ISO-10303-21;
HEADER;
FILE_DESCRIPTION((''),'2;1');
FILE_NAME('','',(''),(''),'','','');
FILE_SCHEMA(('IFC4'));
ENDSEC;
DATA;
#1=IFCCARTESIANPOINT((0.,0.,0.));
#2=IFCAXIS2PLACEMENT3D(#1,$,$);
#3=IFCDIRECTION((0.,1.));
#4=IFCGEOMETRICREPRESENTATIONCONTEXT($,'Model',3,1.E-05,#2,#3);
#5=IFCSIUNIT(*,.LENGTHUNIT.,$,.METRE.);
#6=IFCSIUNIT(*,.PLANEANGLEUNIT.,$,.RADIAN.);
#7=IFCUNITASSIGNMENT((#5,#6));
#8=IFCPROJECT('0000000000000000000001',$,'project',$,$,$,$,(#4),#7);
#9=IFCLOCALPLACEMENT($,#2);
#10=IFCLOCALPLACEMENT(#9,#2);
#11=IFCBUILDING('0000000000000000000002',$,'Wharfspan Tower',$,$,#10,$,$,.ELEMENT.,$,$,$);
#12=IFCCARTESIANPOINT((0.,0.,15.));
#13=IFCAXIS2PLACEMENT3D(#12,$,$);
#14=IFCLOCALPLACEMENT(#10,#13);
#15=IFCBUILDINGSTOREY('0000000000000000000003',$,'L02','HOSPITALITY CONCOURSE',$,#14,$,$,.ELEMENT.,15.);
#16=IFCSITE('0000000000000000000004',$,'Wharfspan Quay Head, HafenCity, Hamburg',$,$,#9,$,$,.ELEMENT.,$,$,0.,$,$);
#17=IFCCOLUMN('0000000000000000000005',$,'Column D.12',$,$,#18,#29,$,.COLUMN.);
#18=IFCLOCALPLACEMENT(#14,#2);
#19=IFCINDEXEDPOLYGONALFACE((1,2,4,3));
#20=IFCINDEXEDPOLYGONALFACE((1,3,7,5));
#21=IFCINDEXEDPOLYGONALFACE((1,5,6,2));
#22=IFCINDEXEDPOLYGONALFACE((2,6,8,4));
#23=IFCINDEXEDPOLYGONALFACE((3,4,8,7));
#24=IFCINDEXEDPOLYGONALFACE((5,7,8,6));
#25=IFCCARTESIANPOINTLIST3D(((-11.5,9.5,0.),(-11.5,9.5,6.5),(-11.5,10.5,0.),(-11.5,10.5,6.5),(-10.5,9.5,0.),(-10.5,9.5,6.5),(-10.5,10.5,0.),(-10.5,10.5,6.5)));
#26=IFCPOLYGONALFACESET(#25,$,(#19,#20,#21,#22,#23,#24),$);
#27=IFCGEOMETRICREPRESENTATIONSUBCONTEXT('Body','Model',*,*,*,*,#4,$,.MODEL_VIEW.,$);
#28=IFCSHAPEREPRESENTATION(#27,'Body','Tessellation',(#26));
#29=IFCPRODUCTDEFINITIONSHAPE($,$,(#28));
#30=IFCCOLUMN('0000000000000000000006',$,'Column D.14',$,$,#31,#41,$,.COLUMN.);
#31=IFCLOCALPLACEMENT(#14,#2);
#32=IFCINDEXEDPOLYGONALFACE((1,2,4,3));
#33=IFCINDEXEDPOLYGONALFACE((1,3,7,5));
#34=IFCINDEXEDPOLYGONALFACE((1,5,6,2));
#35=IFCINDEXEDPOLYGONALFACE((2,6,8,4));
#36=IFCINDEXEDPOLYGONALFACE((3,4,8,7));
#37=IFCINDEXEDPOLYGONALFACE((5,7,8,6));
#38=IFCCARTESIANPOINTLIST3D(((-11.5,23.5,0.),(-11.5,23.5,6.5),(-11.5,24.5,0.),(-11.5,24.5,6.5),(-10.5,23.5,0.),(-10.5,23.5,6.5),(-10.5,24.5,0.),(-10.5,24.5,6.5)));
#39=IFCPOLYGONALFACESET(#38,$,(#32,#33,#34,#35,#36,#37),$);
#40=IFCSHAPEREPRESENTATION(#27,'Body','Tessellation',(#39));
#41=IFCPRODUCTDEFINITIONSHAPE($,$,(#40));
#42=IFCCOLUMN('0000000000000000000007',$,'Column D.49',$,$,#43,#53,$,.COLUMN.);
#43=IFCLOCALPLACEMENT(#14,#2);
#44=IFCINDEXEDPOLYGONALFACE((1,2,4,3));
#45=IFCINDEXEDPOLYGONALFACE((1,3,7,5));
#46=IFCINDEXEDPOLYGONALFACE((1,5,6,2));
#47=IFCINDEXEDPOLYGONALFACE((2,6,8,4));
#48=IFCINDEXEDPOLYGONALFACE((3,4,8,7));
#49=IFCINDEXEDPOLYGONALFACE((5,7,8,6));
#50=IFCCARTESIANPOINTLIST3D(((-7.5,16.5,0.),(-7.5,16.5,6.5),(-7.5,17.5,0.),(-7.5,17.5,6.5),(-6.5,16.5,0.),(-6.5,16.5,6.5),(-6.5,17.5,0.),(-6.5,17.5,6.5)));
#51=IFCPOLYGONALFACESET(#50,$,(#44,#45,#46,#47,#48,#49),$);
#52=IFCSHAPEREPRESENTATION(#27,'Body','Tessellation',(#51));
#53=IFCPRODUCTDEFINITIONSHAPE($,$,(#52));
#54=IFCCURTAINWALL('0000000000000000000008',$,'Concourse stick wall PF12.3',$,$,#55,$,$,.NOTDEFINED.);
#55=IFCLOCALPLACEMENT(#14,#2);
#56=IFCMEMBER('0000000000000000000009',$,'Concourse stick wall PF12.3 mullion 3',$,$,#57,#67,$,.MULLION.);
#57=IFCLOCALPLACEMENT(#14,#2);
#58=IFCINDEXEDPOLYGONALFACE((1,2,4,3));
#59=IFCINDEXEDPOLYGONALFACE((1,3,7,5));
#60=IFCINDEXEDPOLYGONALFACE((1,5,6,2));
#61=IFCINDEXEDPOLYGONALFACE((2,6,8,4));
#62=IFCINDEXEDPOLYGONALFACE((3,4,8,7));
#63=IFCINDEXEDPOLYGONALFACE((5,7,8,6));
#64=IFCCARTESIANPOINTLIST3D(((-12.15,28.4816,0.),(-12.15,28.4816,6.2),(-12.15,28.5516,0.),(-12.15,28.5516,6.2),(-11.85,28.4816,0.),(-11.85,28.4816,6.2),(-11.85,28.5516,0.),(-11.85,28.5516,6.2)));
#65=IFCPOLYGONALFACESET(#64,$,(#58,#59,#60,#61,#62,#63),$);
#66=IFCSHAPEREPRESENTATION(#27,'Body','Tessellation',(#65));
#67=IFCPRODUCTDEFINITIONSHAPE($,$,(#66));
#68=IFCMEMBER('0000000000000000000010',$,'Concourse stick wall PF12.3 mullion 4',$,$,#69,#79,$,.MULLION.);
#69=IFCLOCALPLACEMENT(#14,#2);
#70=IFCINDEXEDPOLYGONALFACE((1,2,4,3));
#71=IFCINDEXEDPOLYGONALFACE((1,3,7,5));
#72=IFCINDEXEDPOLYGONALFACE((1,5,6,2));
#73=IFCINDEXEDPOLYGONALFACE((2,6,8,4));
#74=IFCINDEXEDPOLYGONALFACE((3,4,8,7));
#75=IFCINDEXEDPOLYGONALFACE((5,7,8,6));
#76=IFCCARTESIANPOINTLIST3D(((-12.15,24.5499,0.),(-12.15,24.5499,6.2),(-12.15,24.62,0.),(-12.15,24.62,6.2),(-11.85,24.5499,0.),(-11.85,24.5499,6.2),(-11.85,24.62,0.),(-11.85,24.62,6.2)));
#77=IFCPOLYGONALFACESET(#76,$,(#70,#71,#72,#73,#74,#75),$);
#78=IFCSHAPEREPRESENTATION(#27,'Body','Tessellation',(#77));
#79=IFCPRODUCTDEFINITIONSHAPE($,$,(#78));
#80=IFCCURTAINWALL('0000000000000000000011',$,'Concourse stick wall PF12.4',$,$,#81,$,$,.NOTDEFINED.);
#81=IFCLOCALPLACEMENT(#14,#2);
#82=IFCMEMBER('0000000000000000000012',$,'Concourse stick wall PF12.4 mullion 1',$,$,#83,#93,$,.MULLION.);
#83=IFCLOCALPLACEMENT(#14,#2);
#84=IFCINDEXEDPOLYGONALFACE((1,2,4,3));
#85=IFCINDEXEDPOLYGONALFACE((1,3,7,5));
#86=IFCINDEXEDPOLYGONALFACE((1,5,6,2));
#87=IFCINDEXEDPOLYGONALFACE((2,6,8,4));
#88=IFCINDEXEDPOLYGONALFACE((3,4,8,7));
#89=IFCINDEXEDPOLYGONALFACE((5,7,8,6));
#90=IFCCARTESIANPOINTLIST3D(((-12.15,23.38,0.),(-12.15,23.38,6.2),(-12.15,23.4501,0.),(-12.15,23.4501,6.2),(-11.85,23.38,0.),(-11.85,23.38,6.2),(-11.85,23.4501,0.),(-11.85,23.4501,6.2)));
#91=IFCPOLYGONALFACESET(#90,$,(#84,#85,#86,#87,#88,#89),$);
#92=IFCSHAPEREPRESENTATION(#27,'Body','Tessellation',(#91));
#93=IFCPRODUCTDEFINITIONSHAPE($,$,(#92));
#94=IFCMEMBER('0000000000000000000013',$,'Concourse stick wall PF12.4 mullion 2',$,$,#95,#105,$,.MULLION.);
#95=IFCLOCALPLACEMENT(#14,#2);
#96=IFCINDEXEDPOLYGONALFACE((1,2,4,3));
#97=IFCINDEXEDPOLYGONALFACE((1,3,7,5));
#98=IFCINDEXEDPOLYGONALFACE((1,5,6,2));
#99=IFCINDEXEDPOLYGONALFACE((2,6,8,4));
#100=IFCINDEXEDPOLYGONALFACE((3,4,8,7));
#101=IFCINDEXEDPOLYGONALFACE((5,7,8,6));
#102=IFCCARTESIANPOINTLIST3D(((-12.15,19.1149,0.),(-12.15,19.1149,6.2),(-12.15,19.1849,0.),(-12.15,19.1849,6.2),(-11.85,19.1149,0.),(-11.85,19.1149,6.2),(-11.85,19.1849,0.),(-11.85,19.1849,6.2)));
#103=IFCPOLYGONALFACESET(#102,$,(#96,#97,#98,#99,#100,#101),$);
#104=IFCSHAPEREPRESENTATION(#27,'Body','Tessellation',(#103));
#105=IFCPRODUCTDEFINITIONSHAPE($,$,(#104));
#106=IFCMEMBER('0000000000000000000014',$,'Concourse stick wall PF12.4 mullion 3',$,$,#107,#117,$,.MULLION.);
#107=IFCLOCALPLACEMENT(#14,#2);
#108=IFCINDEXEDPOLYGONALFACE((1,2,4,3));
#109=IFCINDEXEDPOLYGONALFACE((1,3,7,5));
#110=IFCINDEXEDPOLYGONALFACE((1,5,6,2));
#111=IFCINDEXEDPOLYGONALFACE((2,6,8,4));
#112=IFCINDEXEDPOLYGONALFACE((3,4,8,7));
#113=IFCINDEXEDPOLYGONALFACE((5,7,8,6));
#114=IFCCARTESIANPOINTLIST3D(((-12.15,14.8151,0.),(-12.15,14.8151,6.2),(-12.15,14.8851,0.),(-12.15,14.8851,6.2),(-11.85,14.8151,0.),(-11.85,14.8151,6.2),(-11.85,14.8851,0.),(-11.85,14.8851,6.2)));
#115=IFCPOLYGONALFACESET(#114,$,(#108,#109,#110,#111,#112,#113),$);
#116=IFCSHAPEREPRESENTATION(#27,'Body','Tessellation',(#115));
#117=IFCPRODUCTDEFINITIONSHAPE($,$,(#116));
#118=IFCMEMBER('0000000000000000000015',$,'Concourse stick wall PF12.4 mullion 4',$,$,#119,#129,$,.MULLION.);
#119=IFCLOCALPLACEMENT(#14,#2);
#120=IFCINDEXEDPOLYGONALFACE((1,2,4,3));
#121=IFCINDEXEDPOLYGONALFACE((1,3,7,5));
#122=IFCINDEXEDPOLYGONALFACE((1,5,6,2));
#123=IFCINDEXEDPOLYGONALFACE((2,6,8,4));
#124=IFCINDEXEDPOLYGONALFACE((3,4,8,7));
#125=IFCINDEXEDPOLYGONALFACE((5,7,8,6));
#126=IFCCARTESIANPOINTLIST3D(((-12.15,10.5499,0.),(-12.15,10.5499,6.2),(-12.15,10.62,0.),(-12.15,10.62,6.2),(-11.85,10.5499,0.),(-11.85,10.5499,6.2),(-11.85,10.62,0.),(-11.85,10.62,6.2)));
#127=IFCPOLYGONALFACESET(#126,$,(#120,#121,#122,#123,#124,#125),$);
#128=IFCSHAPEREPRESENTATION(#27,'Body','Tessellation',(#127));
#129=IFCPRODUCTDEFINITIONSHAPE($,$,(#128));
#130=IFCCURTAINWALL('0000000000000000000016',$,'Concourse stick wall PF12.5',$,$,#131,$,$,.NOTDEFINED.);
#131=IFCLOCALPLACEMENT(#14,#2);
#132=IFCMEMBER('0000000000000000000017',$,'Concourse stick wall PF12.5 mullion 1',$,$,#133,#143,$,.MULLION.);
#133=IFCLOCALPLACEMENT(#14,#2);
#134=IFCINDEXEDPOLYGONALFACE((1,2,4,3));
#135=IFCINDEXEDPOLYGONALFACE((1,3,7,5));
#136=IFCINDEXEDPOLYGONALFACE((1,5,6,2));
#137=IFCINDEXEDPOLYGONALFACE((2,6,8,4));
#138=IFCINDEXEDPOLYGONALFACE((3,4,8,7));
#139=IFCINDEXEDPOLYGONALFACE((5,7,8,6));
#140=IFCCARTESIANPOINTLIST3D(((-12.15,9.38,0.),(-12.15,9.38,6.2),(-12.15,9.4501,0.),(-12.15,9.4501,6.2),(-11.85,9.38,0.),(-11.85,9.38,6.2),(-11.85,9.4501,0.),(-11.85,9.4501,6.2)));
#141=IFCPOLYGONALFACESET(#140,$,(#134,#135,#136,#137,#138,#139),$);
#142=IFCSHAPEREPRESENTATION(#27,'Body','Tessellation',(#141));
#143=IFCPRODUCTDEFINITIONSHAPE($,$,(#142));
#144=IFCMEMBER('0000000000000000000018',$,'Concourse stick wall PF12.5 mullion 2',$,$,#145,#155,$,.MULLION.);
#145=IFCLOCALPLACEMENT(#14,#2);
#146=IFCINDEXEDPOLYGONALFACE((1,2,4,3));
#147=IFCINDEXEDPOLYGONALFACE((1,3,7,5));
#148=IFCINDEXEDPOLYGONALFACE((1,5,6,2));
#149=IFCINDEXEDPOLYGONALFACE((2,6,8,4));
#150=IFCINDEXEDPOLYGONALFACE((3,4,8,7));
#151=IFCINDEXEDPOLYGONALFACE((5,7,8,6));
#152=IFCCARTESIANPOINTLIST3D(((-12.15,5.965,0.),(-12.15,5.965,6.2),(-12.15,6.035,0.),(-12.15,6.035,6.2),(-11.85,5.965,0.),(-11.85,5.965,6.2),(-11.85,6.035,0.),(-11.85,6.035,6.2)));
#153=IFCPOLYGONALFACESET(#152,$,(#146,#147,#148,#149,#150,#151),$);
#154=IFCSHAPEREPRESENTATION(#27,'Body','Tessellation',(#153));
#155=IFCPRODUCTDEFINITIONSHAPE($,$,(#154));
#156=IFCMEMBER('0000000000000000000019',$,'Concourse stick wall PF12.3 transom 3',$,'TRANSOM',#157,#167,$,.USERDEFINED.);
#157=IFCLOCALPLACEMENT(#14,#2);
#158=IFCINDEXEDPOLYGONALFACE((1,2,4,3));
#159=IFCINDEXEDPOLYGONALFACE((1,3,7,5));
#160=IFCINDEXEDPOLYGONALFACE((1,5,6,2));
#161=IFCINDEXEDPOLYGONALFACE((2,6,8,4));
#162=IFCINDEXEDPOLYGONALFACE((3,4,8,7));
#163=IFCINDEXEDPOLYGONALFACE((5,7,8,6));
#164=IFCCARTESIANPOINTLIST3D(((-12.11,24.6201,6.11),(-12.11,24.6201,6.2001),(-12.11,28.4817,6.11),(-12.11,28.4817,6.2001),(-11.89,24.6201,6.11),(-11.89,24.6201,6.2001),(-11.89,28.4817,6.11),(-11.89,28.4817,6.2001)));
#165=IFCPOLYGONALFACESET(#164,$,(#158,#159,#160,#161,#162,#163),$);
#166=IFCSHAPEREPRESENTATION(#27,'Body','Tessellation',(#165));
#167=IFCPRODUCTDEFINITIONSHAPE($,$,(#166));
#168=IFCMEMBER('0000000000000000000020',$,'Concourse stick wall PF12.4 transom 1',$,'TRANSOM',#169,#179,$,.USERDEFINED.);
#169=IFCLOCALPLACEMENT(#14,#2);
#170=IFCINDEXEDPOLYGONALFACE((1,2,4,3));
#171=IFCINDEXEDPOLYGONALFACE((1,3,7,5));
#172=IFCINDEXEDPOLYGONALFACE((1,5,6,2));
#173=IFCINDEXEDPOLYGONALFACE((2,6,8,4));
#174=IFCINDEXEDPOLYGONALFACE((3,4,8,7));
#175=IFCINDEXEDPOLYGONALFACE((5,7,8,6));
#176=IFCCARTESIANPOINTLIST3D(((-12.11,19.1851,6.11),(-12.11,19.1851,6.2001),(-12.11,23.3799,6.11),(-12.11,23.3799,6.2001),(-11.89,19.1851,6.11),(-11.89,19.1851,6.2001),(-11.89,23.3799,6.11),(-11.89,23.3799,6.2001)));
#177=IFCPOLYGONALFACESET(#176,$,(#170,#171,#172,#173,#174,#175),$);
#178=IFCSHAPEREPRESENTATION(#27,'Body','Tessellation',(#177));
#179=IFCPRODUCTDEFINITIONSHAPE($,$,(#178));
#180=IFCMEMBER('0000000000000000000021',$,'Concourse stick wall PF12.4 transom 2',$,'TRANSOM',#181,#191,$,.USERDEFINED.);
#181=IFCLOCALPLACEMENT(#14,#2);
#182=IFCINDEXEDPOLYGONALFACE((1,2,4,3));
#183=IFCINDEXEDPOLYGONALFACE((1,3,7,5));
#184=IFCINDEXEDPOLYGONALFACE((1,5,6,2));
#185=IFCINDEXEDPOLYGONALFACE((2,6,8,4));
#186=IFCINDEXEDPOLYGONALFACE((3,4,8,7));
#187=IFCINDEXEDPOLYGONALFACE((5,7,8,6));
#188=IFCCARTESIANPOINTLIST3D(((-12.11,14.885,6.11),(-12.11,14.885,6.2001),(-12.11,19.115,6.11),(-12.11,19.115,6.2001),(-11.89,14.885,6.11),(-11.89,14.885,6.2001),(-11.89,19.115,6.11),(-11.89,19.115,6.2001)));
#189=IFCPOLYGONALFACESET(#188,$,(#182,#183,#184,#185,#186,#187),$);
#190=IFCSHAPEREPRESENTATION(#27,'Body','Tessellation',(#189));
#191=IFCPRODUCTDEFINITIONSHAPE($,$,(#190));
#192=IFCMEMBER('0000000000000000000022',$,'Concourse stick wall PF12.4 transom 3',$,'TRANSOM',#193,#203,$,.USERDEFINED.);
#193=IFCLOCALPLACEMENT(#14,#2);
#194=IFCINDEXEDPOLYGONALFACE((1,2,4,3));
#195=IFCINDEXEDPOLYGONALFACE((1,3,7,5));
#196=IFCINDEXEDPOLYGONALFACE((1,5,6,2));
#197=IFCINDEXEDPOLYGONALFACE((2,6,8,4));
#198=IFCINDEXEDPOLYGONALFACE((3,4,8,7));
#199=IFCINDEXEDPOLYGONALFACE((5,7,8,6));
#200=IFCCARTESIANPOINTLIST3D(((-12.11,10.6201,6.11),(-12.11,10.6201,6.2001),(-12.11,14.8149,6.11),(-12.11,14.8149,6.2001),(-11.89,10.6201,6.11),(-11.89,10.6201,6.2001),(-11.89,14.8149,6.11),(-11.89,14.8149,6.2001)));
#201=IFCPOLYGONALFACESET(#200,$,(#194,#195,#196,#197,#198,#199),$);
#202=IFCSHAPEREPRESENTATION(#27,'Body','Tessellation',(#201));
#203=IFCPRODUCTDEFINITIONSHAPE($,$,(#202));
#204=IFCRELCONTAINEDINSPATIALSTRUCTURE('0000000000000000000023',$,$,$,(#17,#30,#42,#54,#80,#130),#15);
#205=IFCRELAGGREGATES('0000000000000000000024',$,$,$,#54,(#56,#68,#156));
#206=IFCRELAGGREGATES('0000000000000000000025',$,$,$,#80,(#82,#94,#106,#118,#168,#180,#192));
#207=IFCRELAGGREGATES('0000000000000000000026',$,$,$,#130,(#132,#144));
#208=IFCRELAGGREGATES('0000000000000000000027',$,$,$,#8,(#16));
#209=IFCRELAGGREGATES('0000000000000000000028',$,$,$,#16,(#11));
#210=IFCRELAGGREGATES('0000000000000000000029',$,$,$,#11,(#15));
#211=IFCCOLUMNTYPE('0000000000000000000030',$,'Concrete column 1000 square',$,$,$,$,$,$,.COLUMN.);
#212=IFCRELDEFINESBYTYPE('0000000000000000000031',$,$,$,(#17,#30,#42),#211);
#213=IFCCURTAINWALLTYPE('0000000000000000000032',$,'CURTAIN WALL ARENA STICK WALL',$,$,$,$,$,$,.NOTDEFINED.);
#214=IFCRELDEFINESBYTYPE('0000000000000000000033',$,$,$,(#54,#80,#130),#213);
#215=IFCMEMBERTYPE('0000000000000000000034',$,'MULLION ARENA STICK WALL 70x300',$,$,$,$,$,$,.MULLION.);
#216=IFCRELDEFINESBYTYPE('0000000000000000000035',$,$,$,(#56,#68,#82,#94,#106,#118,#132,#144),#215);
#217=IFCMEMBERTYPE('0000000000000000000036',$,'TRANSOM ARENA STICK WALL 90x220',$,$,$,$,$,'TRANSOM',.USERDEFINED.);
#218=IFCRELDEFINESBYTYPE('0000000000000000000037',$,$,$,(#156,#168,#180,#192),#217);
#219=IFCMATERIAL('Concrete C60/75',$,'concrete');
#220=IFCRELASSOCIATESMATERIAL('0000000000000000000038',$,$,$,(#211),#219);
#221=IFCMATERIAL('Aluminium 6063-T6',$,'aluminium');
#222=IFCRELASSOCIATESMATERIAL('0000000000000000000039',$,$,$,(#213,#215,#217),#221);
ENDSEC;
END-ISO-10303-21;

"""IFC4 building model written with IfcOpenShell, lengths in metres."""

from ifc_helpers import new_model, si_unit, direction, frame, origin, origin_2d, place, context, subcontext, project, spatial, rectangle, extrude, material, material_profile, profile_set, type_object, element, aggregate, save


model = new_model("IFC4")

# Units and contexts
model_context = context("Model", 3, precision=1e-05, world=origin(), true_north=direction((0.0, 1.0)))
body_context = subcontext(model_context, "Body", "Model", "MODEL_VIEW")
ifc_project = project(units=[si_unit("LENGTHUNIT", "METRE"), si_unit("PLANEANGLEUNIT", "RADIAN")], contexts=[model_context])

# Site, building, storey
site_placement = place(None, origin())
site = spatial("IfcSite", under=ifc_project, at=site_placement, Name="Wharfspan Quay Head, HafenCity, Hamburg", CompositionType="ELEMENT", RefElevation=0.0)
building_placement = place(site_placement, origin())
building = spatial("IfcBuilding", under=site, at=building_placement, Name="Wharfspan Tower", CompositionType="ELEMENT")
storey_placement = place(building_placement, frame((0.0, 0.0, 15.0)))
storey = spatial("IfcBuildingStorey", under=building, at=storey_placement, Name="L02", Description="HOSPITALITY CONCOURSE", CompositionType="ELEMENT", Elevation=15.0)

# Columns
ifc_material_1 = material(Name="Concrete C60/75", Category="concrete")
ifc_material_profile_1 = material_profile(ifc_material_1, rectangle(XDim=1.0, YDim=1.0, at=origin_2d()))
ifc_profile_set_1 = profile_set([ifc_material_profile_1], Name="Concrete C60/75")
column_type = type_object("IfcColumnType", Name="Concrete column 1000 square", PredefinedType="COLUMN", material=ifc_profile_set_1)
for number, where, z_axis, x_axis, name in (
    (1, (-11.0, 10.0, 0.0), (0.0, 0.0, 1.0), (1.0, 0.0, 0.0), "Column D.12"),
    (2, (-11.0, 24.0, 0.0), (0.0, 0.0, 1.0), (1.0, 0.0, 0.0), "Column D.14"),
    (3, (-7.0, 17.0, 0.0), (0.0, 0.0, 1.0), (1.0, 0.0, 0.0), "Column D.49"),
):
    element("IfcColumn", number, at=place(storey_placement, frame(where, z_axis=z_axis, x_axis=x_axis)), inside=storey, type_object=column_type, Name=name, PredefinedType="COLUMN", context=body_context, shape_type="SweptSolid", body=[
        extrude(rectangle(XDim=1.0, YDim=1.0, at=origin_2d()), origin(), (0.0, 0.0, 1.0), 6.5),
    ])

# Curtain walls, members
ifc_material_2 = material(Name="Aluminium 6063-T6", Category="aluminium")
curtain_wall_type = type_object("IfcCurtainWallType", Name="CURTAIN WALL ARENA STICK WALL", PredefinedType="NOTDEFINED", material=ifc_material_2)
curtain_wall_1_placement = place(storey_placement, origin())
curtain_wall_1 = element("IfcCurtainWall", 4, at=curtain_wall_1_placement, inside=storey, type_object=curtain_wall_type, Name="Concourse stick wall PF12.3", PredefinedType="NOTDEFINED")
ifc_material_profile_2 = material_profile(ifc_material_2, rectangle(XDim=0.3, YDim=0.0701, at=origin_2d()))
ifc_profile_set_2 = profile_set([ifc_material_profile_2], Name="Aluminium 6063-T6")
member_type_1 = type_object("IfcMemberType", Name="MULLION ARENA STICK WALL 70x300", PredefinedType="MULLION", material=ifc_profile_set_2)
member_1_placement = place(storey_placement, frame((-12.0, 28.5166, 0.0), z_axis=(0.0, 0.0, 1.0), x_axis=(1.0, 0.0, 0.0)))
member_1 = element("IfcMember", 5, at=member_1_placement, type_object=member_type_1, Name="Concourse stick wall PF12.3 mullion 3", PredefinedType="MULLION", context=body_context, shape_type="SweptSolid", body=[
    extrude(rectangle(XDim=0.3, YDim=0.0701, at=origin_2d()), origin(), (0.0, 0.0, 1.0), 6.2),
])
member_2_placement = place(storey_placement, frame((-12.0, 24.585, 0.0), z_axis=(0.0, 0.0, 1.0), x_axis=(1.0, 0.0, 0.0)))
member_2 = element("IfcMember", 6, at=member_2_placement, type_object=member_type_1, Name="Concourse stick wall PF12.3 mullion 4", PredefinedType="MULLION", context=body_context, shape_type="SweptSolid", body=[
    extrude(rectangle(XDim=0.3, YDim=0.0701, at=origin_2d()), origin(), (0.0, 0.0, 1.0), 6.2),
])
curtain_wall_2_placement = place(storey_placement, origin())
curtain_wall_2 = element("IfcCurtainWall", 7, at=curtain_wall_2_placement, inside=storey, type_object=curtain_wall_type, Name="Concourse stick wall PF12.4", PredefinedType="NOTDEFINED")
member_3_placement = place(storey_placement, frame((-12.0, 23.415, 0.0), z_axis=(0.0, 0.0, 1.0), x_axis=(1.0, 0.0, 0.0)))
member_3 = element("IfcMember", 8, at=member_3_placement, type_object=member_type_1, Name="Concourse stick wall PF12.4 mullion 1", PredefinedType="MULLION", context=body_context, shape_type="SweptSolid", body=[
    extrude(rectangle(XDim=0.3, YDim=0.0701, at=origin_2d()), origin(), (0.0, 0.0, 1.0), 6.2),
])
member_4_placement = place(storey_placement, frame((-12.0, 19.1499, 0.0), z_axis=(0.0, 0.0, 1.0), x_axis=(1.0, 0.0, 0.0)))
member_4 = element("IfcMember", 9, at=member_4_placement, type_object=member_type_1, Name="Concourse stick wall PF12.4 mullion 2", PredefinedType="MULLION", context=body_context, shape_type="SweptSolid", body=[
    extrude(rectangle(XDim=0.3, YDim=0.0701, at=origin_2d()), origin(), (0.0, 0.0, 1.0), 6.2),
])
member_5_placement = place(storey_placement, frame((-12.0, 14.8501, 0.0), z_axis=(0.0, 0.0, 1.0), x_axis=(1.0, 0.0, 0.0)))
member_5 = element("IfcMember", 10, at=member_5_placement, type_object=member_type_1, Name="Concourse stick wall PF12.4 mullion 3", PredefinedType="MULLION", context=body_context, shape_type="SweptSolid", body=[
    extrude(rectangle(XDim=0.3, YDim=0.0701, at=origin_2d()), origin(), (0.0, 0.0, 1.0), 6.2),
])
member_6_placement = place(storey_placement, frame((-12.0, 10.585, 0.0), z_axis=(0.0, 0.0, 1.0), x_axis=(1.0, 0.0, 0.0)))
member_6 = element("IfcMember", 11, at=member_6_placement, type_object=member_type_1, Name="Concourse stick wall PF12.4 mullion 4", PredefinedType="MULLION", context=body_context, shape_type="SweptSolid", body=[
    extrude(rectangle(XDim=0.3, YDim=0.0701, at=origin_2d()), origin(), (0.0, 0.0, 1.0), 6.2),
])
curtain_wall_3_placement = place(storey_placement, origin())
curtain_wall_3 = element("IfcCurtainWall", 12, at=curtain_wall_3_placement, inside=storey, type_object=curtain_wall_type, Name="Concourse stick wall PF12.5", PredefinedType="NOTDEFINED")
member_7_placement = place(storey_placement, frame((-12.0, 9.415, 0.0), z_axis=(0.0, 0.0, 1.0), x_axis=(1.0, 0.0, 0.0)))
member_7 = element("IfcMember", 13, at=member_7_placement, type_object=member_type_1, Name="Concourse stick wall PF12.5 mullion 1", PredefinedType="MULLION", context=body_context, shape_type="SweptSolid", body=[
    extrude(rectangle(XDim=0.3, YDim=0.0701, at=origin_2d()), origin(), (0.0, 0.0, 1.0), 6.2),
])
member_8_placement = place(storey_placement, frame((-12.0, 6.0, 0.0), z_axis=(0.0, 0.0, 1.0), x_axis=(1.0, 0.0, 0.0)))
member_8 = element("IfcMember", 14, at=member_8_placement, type_object=member_type_1, Name="Concourse stick wall PF12.5 mullion 2", PredefinedType="MULLION", context=body_context, shape_type="SweptSolid", body=[
    extrude(rectangle(XDim=0.3, YDim=0.0701, at=origin_2d()), origin(), (0.0, 0.0, 1.0), 6.2),
])

# Members
ifc_material_profile_3 = material_profile(ifc_material_2, rectangle(XDim=0.22, YDim=0.0901, at=origin_2d()))
ifc_profile_set_3 = profile_set([ifc_material_profile_3], Name="Aluminium 6063-T6")
member_type_2 = type_object("IfcMemberType", Name="TRANSOM ARENA STICK WALL 90x220", ElementType="TRANSOM", PredefinedType="USERDEFINED", material=ifc_profile_set_3)
member_9_placement = place(storey_placement, frame((-12.0, 28.4817, 6.155), z_axis=(0.0, -1.0, 0.0), x_axis=(1.0, 0.0, 0.0)))
member_9 = element("IfcMember", 15, at=member_9_placement, type_object=member_type_2, Name="Concourse stick wall PF12.3 transom 3", ObjectType="TRANSOM", PredefinedType="USERDEFINED", context=body_context, shape_type="SweptSolid", body=[
    extrude(rectangle(XDim=0.22, YDim=0.0901, at=origin_2d()), origin(), (0.0, 0.0, 1.0), 3.8616),
])
member_10_placement = place(storey_placement, frame((-12.0, 23.3799, 6.155), z_axis=(0.0, -1.0, 0.0), x_axis=(1.0, 0.0, 0.0)))
member_10 = element("IfcMember", 16, at=member_10_placement, type_object=member_type_2, Name="Concourse stick wall PF12.4 transom 1", ObjectType="TRANSOM", PredefinedType="USERDEFINED", context=body_context, shape_type="SweptSolid", body=[
    extrude(rectangle(XDim=0.22, YDim=0.0901, at=origin_2d()), origin(), (0.0, 0.0, 1.0), 4.1948),
])
member_11_placement = place(storey_placement, frame((-12.0, 19.115, 6.155), z_axis=(0.0, -1.0, 0.0), x_axis=(1.0, 0.0, 0.0)))
member_11 = element("IfcMember", 17, at=member_11_placement, type_object=member_type_2, Name="Concourse stick wall PF12.4 transom 2", ObjectType="TRANSOM", PredefinedType="USERDEFINED", context=body_context, shape_type="SweptSolid", body=[
    extrude(rectangle(XDim=0.22, YDim=0.0901, at=origin_2d()), origin(), (0.0, 0.0, 1.0), 4.23),
])
member_12_placement = place(storey_placement, frame((-12.0, 14.8149, 6.155), z_axis=(0.0, -1.0, 0.0), x_axis=(1.0, 0.0, 0.0)))
member_12 = element("IfcMember", 18, at=member_12_placement, type_object=member_type_2, Name="Concourse stick wall PF12.4 transom 3", ObjectType="TRANSOM", PredefinedType="USERDEFINED", context=body_context, shape_type="SweptSolid", body=[
    extrude(rectangle(XDim=0.22, YDim=0.0901, at=origin_2d()), origin(), (0.0, 0.0, 1.0), 4.1948),
])

aggregate(curtain_wall_1, [member_1, member_2, member_9])
aggregate(curtain_wall_2, [member_3, member_4, member_5, member_6, member_10, member_11, member_12])
aggregate(curtain_wall_3, [member_7, member_8])

save(model, "model.ifc")
